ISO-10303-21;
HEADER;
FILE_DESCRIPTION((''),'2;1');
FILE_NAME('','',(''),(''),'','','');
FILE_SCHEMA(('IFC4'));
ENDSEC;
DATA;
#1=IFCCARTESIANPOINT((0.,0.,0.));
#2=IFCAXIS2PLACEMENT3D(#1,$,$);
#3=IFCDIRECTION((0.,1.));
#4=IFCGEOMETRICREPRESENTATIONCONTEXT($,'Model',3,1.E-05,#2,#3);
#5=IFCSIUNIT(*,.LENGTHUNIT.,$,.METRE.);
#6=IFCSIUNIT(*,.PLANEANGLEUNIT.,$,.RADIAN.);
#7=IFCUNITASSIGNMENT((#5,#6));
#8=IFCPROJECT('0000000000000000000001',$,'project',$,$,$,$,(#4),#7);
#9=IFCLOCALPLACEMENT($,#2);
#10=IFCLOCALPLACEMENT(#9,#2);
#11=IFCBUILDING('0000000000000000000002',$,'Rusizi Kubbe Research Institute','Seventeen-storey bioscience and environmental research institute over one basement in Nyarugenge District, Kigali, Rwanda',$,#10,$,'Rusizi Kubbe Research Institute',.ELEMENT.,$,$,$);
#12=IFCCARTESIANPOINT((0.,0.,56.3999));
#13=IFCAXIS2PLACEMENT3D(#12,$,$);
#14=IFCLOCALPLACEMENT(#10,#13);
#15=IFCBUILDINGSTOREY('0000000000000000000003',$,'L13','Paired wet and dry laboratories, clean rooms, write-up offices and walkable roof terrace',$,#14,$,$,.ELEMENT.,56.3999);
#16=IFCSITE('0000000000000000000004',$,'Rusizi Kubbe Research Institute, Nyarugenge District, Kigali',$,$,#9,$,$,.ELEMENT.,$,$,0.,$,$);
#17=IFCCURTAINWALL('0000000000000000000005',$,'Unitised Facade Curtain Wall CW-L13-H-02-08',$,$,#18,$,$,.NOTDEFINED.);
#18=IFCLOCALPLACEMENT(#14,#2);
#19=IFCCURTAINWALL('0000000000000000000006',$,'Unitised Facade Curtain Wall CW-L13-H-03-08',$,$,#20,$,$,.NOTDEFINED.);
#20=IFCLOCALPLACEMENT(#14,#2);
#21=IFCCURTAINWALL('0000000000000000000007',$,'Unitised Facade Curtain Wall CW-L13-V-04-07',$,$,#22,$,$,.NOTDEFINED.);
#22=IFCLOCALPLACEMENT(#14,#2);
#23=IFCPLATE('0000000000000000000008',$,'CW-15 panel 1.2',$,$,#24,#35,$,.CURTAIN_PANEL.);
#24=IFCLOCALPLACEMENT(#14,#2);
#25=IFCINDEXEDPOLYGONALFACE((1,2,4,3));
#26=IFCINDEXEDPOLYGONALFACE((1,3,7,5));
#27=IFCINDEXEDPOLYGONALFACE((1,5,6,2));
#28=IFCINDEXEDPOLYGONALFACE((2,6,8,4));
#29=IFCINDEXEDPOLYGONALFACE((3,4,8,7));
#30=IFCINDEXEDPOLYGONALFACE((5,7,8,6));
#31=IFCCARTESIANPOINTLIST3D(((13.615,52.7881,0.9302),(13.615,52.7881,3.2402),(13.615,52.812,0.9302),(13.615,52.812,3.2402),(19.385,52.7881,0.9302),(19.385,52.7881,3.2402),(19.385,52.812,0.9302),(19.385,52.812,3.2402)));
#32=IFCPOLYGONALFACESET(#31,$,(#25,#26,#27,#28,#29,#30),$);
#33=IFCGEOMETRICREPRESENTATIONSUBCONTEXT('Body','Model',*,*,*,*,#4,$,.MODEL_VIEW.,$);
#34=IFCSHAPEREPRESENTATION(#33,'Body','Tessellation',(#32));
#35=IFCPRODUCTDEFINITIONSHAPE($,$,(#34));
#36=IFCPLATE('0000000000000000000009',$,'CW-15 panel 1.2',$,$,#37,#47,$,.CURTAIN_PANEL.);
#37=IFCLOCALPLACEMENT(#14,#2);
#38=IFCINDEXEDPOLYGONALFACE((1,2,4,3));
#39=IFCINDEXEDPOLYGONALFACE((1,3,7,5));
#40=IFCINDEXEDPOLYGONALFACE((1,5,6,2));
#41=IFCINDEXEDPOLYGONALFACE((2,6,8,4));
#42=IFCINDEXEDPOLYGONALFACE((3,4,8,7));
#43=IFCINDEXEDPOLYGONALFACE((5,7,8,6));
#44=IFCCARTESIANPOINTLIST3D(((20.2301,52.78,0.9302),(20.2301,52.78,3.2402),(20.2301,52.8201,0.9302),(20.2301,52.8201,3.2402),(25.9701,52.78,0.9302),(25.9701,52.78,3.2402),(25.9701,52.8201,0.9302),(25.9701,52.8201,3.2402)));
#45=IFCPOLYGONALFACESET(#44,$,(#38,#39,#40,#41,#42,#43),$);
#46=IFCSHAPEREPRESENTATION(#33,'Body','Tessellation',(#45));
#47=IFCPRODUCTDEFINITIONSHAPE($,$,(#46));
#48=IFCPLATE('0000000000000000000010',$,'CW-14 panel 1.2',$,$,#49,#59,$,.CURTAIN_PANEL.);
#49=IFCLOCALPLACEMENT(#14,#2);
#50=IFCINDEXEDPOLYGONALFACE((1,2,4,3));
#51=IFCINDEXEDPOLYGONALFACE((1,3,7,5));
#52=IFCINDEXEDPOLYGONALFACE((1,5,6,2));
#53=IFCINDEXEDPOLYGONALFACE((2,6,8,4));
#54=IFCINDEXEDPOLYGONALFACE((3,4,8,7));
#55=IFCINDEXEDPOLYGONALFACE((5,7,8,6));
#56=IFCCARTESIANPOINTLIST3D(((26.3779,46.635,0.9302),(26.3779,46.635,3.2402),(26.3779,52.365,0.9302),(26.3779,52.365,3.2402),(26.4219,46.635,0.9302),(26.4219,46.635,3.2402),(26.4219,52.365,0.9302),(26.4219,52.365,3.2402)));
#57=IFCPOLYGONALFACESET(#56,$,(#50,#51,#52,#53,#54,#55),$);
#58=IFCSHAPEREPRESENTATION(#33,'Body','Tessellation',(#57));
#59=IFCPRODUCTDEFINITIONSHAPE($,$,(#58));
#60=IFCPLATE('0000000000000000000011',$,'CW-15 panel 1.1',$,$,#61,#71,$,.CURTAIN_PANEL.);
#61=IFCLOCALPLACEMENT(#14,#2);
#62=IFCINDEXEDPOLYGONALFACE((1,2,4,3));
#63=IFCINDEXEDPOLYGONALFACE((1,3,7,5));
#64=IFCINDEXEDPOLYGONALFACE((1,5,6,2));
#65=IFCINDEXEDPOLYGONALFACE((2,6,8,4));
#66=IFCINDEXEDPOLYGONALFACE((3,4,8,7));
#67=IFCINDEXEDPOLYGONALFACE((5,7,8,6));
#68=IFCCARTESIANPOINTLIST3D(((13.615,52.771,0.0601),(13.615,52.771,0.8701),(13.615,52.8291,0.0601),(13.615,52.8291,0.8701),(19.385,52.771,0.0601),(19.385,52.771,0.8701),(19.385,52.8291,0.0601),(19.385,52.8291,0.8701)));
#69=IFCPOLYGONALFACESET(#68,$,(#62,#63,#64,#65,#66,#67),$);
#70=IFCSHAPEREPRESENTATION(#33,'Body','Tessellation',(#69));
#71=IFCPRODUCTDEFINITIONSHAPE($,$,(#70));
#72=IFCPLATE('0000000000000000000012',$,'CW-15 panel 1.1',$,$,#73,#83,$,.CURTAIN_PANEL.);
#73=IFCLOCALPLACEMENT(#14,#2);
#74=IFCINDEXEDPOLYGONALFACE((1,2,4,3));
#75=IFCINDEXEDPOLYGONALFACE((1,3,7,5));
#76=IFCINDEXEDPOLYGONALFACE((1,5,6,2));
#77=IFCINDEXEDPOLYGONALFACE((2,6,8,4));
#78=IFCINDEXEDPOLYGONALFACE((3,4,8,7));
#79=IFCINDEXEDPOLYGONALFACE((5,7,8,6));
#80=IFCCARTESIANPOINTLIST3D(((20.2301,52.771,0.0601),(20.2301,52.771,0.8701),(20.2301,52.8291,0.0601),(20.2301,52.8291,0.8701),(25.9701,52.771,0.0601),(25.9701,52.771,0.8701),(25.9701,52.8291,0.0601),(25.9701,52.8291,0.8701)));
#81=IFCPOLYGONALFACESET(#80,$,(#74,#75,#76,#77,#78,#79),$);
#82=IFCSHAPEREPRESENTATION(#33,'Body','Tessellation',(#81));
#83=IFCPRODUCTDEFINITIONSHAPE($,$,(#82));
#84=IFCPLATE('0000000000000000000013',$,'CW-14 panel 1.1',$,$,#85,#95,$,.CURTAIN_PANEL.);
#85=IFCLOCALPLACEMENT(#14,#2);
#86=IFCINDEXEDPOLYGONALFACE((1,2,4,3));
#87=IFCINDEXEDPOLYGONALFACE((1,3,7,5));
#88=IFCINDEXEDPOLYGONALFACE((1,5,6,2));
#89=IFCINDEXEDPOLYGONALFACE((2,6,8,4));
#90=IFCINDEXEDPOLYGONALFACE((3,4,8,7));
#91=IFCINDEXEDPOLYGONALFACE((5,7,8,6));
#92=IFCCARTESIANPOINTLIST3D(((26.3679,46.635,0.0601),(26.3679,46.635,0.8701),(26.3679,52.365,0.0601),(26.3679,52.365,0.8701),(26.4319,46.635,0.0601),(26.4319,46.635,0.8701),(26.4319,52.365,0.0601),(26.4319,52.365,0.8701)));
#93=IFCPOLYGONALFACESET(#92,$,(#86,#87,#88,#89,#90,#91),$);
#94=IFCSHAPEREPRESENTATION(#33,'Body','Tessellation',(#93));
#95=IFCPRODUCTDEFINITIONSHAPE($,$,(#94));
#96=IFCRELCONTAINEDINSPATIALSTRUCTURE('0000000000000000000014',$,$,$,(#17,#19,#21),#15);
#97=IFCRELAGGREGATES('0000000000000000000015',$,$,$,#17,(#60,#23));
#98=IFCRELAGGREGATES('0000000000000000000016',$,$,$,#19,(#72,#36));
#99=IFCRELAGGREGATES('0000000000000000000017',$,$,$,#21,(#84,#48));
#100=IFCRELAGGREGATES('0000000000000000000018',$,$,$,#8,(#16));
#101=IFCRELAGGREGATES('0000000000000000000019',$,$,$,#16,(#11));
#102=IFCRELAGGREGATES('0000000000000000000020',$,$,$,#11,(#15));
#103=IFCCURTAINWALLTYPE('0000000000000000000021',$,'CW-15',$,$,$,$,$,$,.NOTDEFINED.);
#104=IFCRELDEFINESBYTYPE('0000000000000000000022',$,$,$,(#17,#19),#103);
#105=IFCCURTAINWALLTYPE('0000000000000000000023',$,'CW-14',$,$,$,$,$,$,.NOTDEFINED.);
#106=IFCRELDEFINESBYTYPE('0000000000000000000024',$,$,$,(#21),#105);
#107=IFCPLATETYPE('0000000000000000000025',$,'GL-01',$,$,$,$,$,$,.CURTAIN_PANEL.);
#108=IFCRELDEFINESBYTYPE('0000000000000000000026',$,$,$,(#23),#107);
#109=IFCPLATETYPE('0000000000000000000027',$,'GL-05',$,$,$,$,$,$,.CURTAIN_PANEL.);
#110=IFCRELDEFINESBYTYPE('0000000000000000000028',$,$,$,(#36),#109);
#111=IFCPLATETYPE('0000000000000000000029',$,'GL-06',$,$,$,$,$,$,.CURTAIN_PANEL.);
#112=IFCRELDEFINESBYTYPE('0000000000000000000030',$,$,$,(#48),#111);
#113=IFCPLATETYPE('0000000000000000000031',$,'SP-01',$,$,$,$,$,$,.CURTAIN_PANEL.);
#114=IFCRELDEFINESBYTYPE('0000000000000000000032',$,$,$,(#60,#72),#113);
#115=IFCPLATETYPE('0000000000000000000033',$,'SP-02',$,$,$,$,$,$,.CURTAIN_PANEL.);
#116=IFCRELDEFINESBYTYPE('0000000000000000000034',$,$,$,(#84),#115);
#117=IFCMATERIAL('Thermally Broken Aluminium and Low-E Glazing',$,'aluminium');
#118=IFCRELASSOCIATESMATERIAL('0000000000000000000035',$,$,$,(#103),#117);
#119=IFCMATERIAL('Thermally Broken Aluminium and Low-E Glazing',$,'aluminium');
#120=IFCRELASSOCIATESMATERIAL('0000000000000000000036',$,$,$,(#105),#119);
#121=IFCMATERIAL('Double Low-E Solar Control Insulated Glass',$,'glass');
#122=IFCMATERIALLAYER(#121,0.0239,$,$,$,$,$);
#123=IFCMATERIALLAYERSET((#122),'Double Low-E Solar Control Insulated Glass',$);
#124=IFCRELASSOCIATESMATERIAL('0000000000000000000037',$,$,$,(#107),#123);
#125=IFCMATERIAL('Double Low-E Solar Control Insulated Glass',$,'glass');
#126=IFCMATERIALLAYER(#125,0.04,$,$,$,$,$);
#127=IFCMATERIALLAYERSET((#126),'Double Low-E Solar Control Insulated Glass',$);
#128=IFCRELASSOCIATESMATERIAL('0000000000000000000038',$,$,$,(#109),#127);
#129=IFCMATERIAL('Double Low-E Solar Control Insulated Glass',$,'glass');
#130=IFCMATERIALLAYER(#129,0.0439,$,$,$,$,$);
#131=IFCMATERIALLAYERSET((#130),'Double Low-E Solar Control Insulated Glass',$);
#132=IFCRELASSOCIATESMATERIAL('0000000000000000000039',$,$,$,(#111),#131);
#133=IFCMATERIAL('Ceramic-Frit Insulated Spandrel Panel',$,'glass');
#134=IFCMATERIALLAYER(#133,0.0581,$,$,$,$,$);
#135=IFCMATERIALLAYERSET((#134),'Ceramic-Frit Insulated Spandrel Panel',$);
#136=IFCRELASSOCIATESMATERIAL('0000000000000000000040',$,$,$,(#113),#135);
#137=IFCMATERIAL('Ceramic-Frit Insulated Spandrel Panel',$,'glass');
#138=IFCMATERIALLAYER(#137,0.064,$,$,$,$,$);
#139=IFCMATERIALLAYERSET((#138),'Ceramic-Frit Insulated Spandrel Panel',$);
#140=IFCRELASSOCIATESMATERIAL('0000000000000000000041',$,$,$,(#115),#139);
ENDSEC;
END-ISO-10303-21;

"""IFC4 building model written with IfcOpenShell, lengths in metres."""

from ifc_helpers import new_model, si_unit, direction, frame, origin, origin_2d, place, context, subcontext, project, spatial, rectangle, extrude, material, layer, layer_set, type_object, element, aggregate, save


model = new_model("IFC4")

# Units and contexts
model_context = context("Model", 3, precision=1e-05, world=origin(), true_north=direction((0.0, 1.0)))
body_context = subcontext(model_context, "Body", "Model", "MODEL_VIEW")
ifc_project = project(units=[si_unit("LENGTHUNIT", "METRE"), si_unit("PLANEANGLEUNIT", "RADIAN")], contexts=[model_context])

# Site, building, storey
site_placement = place(None, origin())
site = spatial("IfcSite", under=ifc_project, at=site_placement, Name="Rusizi Kubbe Research Institute, Nyarugenge District, Kigali", CompositionType="ELEMENT", RefElevation=0.0)
building_placement = place(site_placement, origin())
building = spatial("IfcBuilding", under=site, at=building_placement, Name="Rusizi Kubbe Research Institute", Description="Seventeen-storey bioscience and environmental research institute over one basement in Nyarugenge District, Kigali, Rwanda", LongName="Rusizi Kubbe Research Institute", CompositionType="ELEMENT")
storey_placement = place(building_placement, frame((0.0, 0.0, 56.3999)))
storey = spatial("IfcBuildingStorey", under=building, at=storey_placement, Name="L13", Description="Paired wet and dry laboratories, clean rooms, write-up offices and walkable roof terrace", CompositionType="ELEMENT", Elevation=56.3999)

# Curtain wall
ifc_material_1 = material(Name="Thermally Broken Aluminium and Low-E Glazing", Category="aluminium")
curtain_wall_type_1 = type_object("IfcCurtainWallType", Name="CW-15", PredefinedType="NOTDEFINED", material=ifc_material_1)
curtain_wall_1_placement = place(storey_placement, origin())
curtain_wall_1 = element("IfcCurtainWall", 1, at=curtain_wall_1_placement, inside=storey, type_object=curtain_wall_type_1, Name="Unitised Facade Curtain Wall CW-L13-H-02-08", PredefinedType="NOTDEFINED")

# Curtain wall
curtain_wall_2_placement = place(storey_placement, origin())
curtain_wall_2 = element("IfcCurtainWall", 2, at=curtain_wall_2_placement, inside=storey, type_object=curtain_wall_type_1, Name="Unitised Facade Curtain Wall CW-L13-H-03-08", PredefinedType="NOTDEFINED")

# Curtain wall
ifc_material_2 = material(Name="Thermally Broken Aluminium and Low-E Glazing", Category="aluminium")
curtain_wall_type_2 = type_object("IfcCurtainWallType", Name="CW-14", PredefinedType="NOTDEFINED", material=ifc_material_2)
curtain_wall_3_placement = place(storey_placement, origin())
curtain_wall_3 = element("IfcCurtainWall", 3, at=curtain_wall_3_placement, inside=storey, type_object=curtain_wall_type_2, Name="Unitised Facade Curtain Wall CW-L13-V-04-07", PredefinedType="NOTDEFINED")

# Plates
ifc_material_3 = material(Name="Double Low-E Solar Control Insulated Glass", Category="glass")
ifc_layer_1 = layer(ifc_material_3, 0.0239)
ifc_layer_set_1 = layer_set([ifc_layer_1], Name="Double Low-E Solar Control Insulated Glass")
plate_type_1 = type_object("IfcPlateType", Name="GL-01", PredefinedType="CURTAIN_PANEL", material=ifc_layer_set_1)
plate_1_placement = place(storey_placement, frame((16.5, 52.8, 0.9302), z_axis=(0.0, 0.0, 1.0), x_axis=(1.0, 0.0, 0.0)))
plate_1 = element("IfcPlate", 4, at=plate_1_placement, type_object=plate_type_1, Name="CW-15 panel 1.2", PredefinedType="CURTAIN_PANEL", context=body_context, shape_type="SweptSolid", body=[
    extrude(rectangle(XDim=5.77, YDim=0.0239, at=origin_2d()), origin(), (0.0, 0.0, 1.0), 2.3101),
])
ifc_material_4 = material(Name="Double Low-E Solar Control Insulated Glass", Category="glass")
ifc_layer_2 = layer(ifc_material_4, 0.04)
ifc_layer_set_2 = layer_set([ifc_layer_2], Name="Double Low-E Solar Control Insulated Glass")
plate_type_2 = type_object("IfcPlateType", Name="GL-05", PredefinedType="CURTAIN_PANEL", material=ifc_layer_set_2)
plate_2_placement = place(storey_placement, frame((23.1001, 52.8, 0.9302), z_axis=(0.0, 0.0, 1.0), x_axis=(1.0, 0.0, 0.0)))
plate_2 = element("IfcPlate", 5, at=plate_2_placement, type_object=plate_type_2, Name="CW-15 panel 1.2", PredefinedType="CURTAIN_PANEL", context=body_context, shape_type="SweptSolid", body=[
    extrude(rectangle(XDim=5.74, YDim=0.04, at=origin_2d()), origin(), (0.0, 0.0, 1.0), 2.3101),
])
ifc_material_5 = material(Name="Double Low-E Solar Control Insulated Glass", Category="glass")
ifc_layer_3 = layer(ifc_material_5, 0.0439)
ifc_layer_set_3 = layer_set([ifc_layer_3], Name="Double Low-E Solar Control Insulated Glass")
plate_type_3 = type_object("IfcPlateType", Name="GL-06", PredefinedType="CURTAIN_PANEL", material=ifc_layer_set_3)
plate_3_placement = place(storey_placement, frame((26.3999, 49.5, 0.9302), z_axis=(0.0, 0.0, 1.0), x_axis=(0.0, 1.0, 0.0)))
plate_3 = element("IfcPlate", 6, at=plate_3_placement, type_object=plate_type_3, Name="CW-14 panel 1.2", PredefinedType="CURTAIN_PANEL", context=body_context, shape_type="SweptSolid", body=[
    extrude(rectangle(XDim=5.73, YDim=0.0439, at=origin_2d()), origin(), (0.0, 0.0, 1.0), 2.3101),
])
ifc_material_6 = material(Name="Ceramic-Frit Insulated Spandrel Panel", Category="glass")
ifc_layer_4 = layer(ifc_material_6, 0.0581)
ifc_layer_set_4 = layer_set([ifc_layer_4], Name="Ceramic-Frit Insulated Spandrel Panel")
plate_type_4 = type_object("IfcPlateType", Name="SP-01", PredefinedType="CURTAIN_PANEL", material=ifc_layer_set_4)
plate_4_placement = place(storey_placement, frame((16.5, 52.8, 0.0601), z_axis=(0.0, 0.0, 1.0), x_axis=(1.0, 0.0, 0.0)))
plate_4 = element("IfcPlate", 7, at=plate_4_placement, type_object=plate_type_4, Name="CW-15 panel 1.1", PredefinedType="CURTAIN_PANEL", context=body_context, shape_type="SweptSolid", body=[
    extrude(rectangle(XDim=5.77, YDim=0.0581, at=origin_2d()), origin(), (0.0, 0.0, 1.0), 0.8101),
])
aggregate(curtain_wall_1, [plate_4, plate_1])
plate_5_placement = place(storey_placement, frame((23.1001, 52.8, 0.0601), z_axis=(0.0, 0.0, 1.0), x_axis=(1.0, 0.0, 0.0)))
plate_5 = element("IfcPlate", 8, at=plate_5_placement, type_object=plate_type_4, Name="CW-15 panel 1.1", PredefinedType="CURTAIN_PANEL", context=body_context, shape_type="SweptSolid", body=[
    extrude(rectangle(XDim=5.74, YDim=0.0581, at=origin_2d()), origin(), (0.0, 0.0, 1.0), 0.8101),
])
aggregate(curtain_wall_2, [plate_5, plate_2])
ifc_material_7 = material(Name="Ceramic-Frit Insulated Spandrel Panel", Category="glass")
ifc_layer_5 = layer(ifc_material_7, 0.064)
ifc_layer_set_5 = layer_set([ifc_layer_5], Name="Ceramic-Frit Insulated Spandrel Panel")
plate_type_5 = type_object("IfcPlateType", Name="SP-02", PredefinedType="CURTAIN_PANEL", material=ifc_layer_set_5)
plate_6_placement = place(storey_placement, frame((26.3999, 49.5, 0.0601), z_axis=(0.0, 0.0, 1.0), x_axis=(0.0, 1.0, 0.0)))
plate_6 = element("IfcPlate", 9, at=plate_6_placement, type_object=plate_type_5, Name="CW-14 panel 1.1", PredefinedType="CURTAIN_PANEL", context=body_context, shape_type="SweptSolid", body=[
    extrude(rectangle(XDim=5.73, YDim=0.064, at=origin_2d()), origin(), (0.0, 0.0, 1.0), 0.8101),
])
aggregate(curtain_wall_3, [plate_6, plate_3])

save(model, "model.ifc")
